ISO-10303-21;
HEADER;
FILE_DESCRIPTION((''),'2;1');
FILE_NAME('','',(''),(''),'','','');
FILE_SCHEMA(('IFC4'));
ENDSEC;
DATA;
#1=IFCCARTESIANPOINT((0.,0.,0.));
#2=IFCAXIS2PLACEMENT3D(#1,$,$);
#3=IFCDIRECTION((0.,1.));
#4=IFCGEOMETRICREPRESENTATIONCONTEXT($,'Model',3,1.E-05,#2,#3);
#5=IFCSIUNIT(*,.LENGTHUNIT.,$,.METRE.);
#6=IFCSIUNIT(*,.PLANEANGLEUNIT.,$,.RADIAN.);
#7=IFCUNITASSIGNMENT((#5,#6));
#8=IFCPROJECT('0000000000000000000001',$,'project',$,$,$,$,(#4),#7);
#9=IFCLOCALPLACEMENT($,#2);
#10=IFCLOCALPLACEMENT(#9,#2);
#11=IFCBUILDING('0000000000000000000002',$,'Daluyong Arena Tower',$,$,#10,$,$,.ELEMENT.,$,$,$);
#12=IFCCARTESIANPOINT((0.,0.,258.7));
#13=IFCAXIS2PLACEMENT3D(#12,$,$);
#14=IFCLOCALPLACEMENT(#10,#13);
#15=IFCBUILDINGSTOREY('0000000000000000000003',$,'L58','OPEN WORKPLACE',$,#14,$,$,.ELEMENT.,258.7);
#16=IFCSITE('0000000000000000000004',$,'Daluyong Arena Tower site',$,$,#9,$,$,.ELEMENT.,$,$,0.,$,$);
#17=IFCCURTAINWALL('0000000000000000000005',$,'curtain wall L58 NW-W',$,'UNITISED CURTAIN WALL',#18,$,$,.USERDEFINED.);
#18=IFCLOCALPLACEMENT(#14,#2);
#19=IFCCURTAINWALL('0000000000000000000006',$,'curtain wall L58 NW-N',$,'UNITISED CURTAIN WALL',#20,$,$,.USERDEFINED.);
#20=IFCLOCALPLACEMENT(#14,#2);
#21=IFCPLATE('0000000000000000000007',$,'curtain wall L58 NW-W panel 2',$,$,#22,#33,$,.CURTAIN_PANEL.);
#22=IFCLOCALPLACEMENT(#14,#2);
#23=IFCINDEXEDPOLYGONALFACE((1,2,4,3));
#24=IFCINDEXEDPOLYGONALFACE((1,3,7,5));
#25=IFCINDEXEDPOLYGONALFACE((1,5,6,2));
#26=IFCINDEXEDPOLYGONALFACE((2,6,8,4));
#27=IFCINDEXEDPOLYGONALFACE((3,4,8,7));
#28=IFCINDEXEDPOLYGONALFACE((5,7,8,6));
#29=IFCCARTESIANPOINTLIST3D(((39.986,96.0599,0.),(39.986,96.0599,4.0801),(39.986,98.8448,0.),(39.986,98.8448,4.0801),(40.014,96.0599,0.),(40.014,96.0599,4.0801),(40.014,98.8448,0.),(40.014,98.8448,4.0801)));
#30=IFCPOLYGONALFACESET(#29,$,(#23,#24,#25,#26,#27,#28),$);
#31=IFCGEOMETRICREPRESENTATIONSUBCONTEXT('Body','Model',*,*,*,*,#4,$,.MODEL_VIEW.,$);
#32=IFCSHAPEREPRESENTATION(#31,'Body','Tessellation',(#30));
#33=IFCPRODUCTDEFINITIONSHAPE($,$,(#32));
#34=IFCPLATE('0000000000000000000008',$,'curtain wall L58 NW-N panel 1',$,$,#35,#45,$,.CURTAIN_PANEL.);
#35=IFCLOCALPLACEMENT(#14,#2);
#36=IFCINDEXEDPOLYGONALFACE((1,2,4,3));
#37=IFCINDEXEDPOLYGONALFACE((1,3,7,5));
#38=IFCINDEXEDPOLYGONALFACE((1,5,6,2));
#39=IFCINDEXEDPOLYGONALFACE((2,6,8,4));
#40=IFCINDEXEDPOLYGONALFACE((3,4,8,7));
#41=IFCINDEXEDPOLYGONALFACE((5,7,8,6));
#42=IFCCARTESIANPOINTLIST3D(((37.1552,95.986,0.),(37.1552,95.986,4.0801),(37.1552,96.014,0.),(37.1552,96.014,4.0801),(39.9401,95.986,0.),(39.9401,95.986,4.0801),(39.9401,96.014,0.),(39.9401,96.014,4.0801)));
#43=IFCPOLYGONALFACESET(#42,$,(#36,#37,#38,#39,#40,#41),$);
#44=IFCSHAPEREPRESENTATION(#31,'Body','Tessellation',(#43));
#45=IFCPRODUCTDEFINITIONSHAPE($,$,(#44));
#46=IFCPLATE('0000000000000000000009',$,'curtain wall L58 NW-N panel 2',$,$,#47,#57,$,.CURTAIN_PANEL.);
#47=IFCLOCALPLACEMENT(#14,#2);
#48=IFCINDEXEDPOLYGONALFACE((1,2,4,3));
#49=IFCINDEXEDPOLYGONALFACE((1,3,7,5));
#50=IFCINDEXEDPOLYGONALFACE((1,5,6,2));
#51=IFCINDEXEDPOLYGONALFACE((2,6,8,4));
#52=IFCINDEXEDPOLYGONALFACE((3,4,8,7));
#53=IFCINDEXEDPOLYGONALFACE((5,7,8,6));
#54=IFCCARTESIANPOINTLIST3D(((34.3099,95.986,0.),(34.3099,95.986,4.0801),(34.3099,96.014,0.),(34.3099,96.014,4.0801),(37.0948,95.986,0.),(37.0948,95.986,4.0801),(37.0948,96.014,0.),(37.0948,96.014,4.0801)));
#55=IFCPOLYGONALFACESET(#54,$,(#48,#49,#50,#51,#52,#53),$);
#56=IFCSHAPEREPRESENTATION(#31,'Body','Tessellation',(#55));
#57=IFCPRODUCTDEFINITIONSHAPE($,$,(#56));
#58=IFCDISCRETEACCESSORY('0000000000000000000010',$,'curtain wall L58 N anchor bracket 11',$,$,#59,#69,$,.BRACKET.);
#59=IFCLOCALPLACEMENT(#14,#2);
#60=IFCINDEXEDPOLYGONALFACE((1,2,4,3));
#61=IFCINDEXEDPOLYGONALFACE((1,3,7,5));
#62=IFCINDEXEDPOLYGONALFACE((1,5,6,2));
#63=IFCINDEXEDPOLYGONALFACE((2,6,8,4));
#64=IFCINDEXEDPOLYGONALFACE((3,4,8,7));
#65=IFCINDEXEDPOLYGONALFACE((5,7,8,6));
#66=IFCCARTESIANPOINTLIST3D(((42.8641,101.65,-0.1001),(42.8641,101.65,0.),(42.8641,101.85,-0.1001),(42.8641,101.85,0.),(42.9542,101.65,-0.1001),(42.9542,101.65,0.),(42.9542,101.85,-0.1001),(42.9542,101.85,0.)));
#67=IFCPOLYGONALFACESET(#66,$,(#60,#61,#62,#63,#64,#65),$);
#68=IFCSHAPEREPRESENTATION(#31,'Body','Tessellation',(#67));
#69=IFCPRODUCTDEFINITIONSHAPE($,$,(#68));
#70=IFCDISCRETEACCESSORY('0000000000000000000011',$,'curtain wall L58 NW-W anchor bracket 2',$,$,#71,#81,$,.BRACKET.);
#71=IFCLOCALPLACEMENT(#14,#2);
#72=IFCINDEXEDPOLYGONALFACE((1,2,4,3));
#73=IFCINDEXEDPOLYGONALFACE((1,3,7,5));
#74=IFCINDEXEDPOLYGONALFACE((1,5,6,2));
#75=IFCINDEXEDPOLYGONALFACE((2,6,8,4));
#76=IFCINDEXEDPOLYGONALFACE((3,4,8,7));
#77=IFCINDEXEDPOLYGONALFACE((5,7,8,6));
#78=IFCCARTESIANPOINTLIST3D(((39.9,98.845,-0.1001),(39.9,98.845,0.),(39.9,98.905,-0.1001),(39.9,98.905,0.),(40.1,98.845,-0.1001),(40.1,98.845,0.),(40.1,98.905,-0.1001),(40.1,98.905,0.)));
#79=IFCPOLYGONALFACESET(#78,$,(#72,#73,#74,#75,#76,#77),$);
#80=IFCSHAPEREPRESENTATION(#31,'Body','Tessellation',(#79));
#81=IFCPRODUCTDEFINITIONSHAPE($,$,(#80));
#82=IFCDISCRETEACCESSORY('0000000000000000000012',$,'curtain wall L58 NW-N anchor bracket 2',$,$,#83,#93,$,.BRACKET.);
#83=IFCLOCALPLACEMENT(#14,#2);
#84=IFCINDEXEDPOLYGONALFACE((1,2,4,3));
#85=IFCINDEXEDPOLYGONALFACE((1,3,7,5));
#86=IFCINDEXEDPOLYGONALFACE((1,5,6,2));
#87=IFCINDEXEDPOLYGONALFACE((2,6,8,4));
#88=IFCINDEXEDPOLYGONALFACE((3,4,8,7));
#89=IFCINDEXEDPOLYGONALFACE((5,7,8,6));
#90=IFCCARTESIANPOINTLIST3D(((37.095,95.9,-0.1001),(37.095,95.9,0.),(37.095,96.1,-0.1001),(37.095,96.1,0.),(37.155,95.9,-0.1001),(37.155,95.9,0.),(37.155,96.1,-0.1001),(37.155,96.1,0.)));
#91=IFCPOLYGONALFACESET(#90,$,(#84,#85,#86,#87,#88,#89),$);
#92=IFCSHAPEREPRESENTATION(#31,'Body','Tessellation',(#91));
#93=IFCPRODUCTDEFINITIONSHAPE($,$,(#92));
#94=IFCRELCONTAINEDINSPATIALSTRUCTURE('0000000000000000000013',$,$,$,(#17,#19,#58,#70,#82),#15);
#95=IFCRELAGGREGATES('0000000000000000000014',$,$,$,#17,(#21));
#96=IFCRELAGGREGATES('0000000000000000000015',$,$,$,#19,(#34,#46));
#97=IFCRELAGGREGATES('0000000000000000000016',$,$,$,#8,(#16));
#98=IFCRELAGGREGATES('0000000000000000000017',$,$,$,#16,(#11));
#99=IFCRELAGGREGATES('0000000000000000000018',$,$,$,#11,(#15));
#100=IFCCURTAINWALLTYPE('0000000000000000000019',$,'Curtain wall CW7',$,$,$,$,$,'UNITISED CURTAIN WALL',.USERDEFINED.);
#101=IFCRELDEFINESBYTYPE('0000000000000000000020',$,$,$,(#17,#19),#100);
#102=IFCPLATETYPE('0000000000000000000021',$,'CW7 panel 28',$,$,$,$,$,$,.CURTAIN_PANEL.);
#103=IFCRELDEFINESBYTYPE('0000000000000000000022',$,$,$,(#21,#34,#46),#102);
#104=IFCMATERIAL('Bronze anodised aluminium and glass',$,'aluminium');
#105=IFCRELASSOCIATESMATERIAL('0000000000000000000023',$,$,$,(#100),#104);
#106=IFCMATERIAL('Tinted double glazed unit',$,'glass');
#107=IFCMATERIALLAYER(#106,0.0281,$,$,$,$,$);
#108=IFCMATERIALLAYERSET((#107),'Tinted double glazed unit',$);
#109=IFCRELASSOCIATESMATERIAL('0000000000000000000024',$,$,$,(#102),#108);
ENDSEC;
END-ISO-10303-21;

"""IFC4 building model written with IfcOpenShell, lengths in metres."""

from ifc_helpers import new_model, si_unit, direction, frame, origin, origin_2d, place, context, subcontext, project, spatial, rectangle, extrude, material, layer, layer_set, type_object, element, aggregate, save


model = new_model("IFC4")

# Units and contexts
model_context = context("Model", 3, precision=1e-05, world=origin(), true_north=direction((0.0, 1.0)))
body_context = subcontext(model_context, "Body", "Model", "MODEL_VIEW")
ifc_project = project(units=[si_unit("LENGTHUNIT", "METRE"), si_unit("PLANEANGLEUNIT", "RADIAN")], contexts=[model_context])

# Site, building, storey
site_placement = place(None, origin())
site = spatial("IfcSite", under=ifc_project, at=site_placement, Name="Daluyong Arena Tower site", CompositionType="ELEMENT", RefElevation=0.0)
building_placement = place(site_placement, origin())
building = spatial("IfcBuilding", under=site, at=building_placement, Name="Daluyong Arena Tower", CompositionType="ELEMENT")
storey_placement = place(building_placement, frame((0.0, 0.0, 258.7)))
storey = spatial("IfcBuildingStorey", under=building, at=storey_placement, Name="L58", Description="OPEN WORKPLACE", CompositionType="ELEMENT", Elevation=258.7)

# Curtain walls
ifc_material_1 = material(Name="Bronze anodised aluminium and glass", Category="aluminium")
curtain_wall_type_1 = type_object("IfcCurtainWallType", Name="Curtain wall CW7", ElementType="UNITISED CURTAIN WALL", PredefinedType="USERDEFINED", material=ifc_material_1)
curtain_wall_1_placement = place(storey_placement, origin())
curtain_wall_1 = element("IfcCurtainWall", 1, at=curtain_wall_1_placement, inside=storey, type_object=curtain_wall_type_1, Name="curtain wall L58 NW-W", ObjectType="UNITISED CURTAIN WALL", PredefinedType="USERDEFINED")
curtain_wall_2_placement = place(storey_placement, origin())
curtain_wall_2 = element("IfcCurtainWall", 2, at=curtain_wall_2_placement, inside=storey, type_object=curtain_wall_type_1, Name="curtain wall L58 NW-N", ObjectType="UNITISED CURTAIN WALL", PredefinedType="USERDEFINED")

# Plates
ifc_material_2 = material(Name="Tinted double glazed unit", Category="glass")
ifc_layer_1 = layer(ifc_material_2, 0.0281)
ifc_layer_set_1 = layer_set([ifc_layer_1], Name="Tinted double glazed unit")
plate_type_1 = type_object("IfcPlateType", Name="CW7 panel 28", PredefinedType="CURTAIN_PANEL", material=ifc_layer_set_1)
plate_1_placement = place(storey_placement, frame((40.0, 97.4524, 0.0), z_axis=(0.0, 0.0, 1.0), x_axis=(0.0, -1.0, 0.0)))
plate_1 = element("IfcPlate", 3, at=plate_1_placement, type_object=plate_type_1, Name="curtain wall L58 NW-W panel 2", PredefinedType="CURTAIN_PANEL", context=body_context, shape_type="SweptSolid", body=[
    extrude(rectangle(XDim=2.7849, YDim=0.0281, at=origin_2d()), origin(), (0.0, 0.0, 1.0), 4.0801),
])
aggregate(curtain_wall_1, [plate_1])
plate_2_placement = place(storey_placement, frame((38.5476, 96.0, 0.0), z_axis=(0.0, 0.0, 1.0), x_axis=(-1.0, 0.0, 0.0)))
plate_2 = element("IfcPlate", 4, at=plate_2_placement, type_object=plate_type_1, Name="curtain wall L58 NW-N panel 1", PredefinedType="CURTAIN_PANEL", context=body_context, shape_type="SweptSolid", body=[
    extrude(rectangle(XDim=2.7849, YDim=0.0281, at=origin_2d()), origin(), (0.0, 0.0, 1.0), 4.0801),
])
plate_3_placement = place(storey_placement, frame((35.7024, 96.0, 0.0), z_axis=(0.0, 0.0, 1.0), x_axis=(-1.0, 0.0, 0.0)))
plate_3 = element("IfcPlate", 5, at=plate_3_placement, type_object=plate_type_1, Name="curtain wall L58 NW-N panel 2", PredefinedType="CURTAIN_PANEL", context=body_context, shape_type="SweptSolid", body=[
    extrude(rectangle(XDim=2.7849, YDim=0.0281, at=origin_2d()), origin(), (0.0, 0.0, 1.0), 4.0801),
])
aggregate(curtain_wall_2, [plate_2, plate_3])

# Discrete accessories
discrete_accessory_placement = place(storey_placement, frame((42.9092, 101.75, -0.1001), z_axis=(0.0, 0.0, 1.0), x_axis=(-1.0, 0.0, 0.0)))
element("IfcDiscreteAccessory", 6, at=discrete_accessory_placement, inside=storey, Name="curtain wall L58 N anchor bracket 11", PredefinedType="BRACKET", context=body_context, shape_type="SweptSolid", body=[
    extrude(rectangle(XDim=0.0901, YDim=0.2, at=origin_2d()), origin(), (0.0, 0.0, 1.0), 0.1001),
])
for number, where, z_axis, x_axis, name in (
    (7, (40.0, 98.875, -0.1001), (0.0, 0.0, 1.0), (0.0, -1.0, 0.0), "curtain wall L58 NW-W anchor bracket 2"),
    (8, (37.125, 96.0, -0.1001), (0.0, 0.0, 1.0), (-1.0, 0.0, 0.0), "curtain wall L58 NW-N anchor bracket 2"),
):
    element("IfcDiscreteAccessory", number, at=place(storey_placement, frame(where, z_axis=z_axis, x_axis=x_axis)), inside=storey, Name=name, PredefinedType="BRACKET", context=body_context, shape_type="SweptSolid", body=[
        extrude(rectangle(XDim=0.0601, YDim=0.2, at=origin_2d()), origin(), (0.0, 0.0, 1.0), 0.1001),
    ])

save(model, "model.ifc")
